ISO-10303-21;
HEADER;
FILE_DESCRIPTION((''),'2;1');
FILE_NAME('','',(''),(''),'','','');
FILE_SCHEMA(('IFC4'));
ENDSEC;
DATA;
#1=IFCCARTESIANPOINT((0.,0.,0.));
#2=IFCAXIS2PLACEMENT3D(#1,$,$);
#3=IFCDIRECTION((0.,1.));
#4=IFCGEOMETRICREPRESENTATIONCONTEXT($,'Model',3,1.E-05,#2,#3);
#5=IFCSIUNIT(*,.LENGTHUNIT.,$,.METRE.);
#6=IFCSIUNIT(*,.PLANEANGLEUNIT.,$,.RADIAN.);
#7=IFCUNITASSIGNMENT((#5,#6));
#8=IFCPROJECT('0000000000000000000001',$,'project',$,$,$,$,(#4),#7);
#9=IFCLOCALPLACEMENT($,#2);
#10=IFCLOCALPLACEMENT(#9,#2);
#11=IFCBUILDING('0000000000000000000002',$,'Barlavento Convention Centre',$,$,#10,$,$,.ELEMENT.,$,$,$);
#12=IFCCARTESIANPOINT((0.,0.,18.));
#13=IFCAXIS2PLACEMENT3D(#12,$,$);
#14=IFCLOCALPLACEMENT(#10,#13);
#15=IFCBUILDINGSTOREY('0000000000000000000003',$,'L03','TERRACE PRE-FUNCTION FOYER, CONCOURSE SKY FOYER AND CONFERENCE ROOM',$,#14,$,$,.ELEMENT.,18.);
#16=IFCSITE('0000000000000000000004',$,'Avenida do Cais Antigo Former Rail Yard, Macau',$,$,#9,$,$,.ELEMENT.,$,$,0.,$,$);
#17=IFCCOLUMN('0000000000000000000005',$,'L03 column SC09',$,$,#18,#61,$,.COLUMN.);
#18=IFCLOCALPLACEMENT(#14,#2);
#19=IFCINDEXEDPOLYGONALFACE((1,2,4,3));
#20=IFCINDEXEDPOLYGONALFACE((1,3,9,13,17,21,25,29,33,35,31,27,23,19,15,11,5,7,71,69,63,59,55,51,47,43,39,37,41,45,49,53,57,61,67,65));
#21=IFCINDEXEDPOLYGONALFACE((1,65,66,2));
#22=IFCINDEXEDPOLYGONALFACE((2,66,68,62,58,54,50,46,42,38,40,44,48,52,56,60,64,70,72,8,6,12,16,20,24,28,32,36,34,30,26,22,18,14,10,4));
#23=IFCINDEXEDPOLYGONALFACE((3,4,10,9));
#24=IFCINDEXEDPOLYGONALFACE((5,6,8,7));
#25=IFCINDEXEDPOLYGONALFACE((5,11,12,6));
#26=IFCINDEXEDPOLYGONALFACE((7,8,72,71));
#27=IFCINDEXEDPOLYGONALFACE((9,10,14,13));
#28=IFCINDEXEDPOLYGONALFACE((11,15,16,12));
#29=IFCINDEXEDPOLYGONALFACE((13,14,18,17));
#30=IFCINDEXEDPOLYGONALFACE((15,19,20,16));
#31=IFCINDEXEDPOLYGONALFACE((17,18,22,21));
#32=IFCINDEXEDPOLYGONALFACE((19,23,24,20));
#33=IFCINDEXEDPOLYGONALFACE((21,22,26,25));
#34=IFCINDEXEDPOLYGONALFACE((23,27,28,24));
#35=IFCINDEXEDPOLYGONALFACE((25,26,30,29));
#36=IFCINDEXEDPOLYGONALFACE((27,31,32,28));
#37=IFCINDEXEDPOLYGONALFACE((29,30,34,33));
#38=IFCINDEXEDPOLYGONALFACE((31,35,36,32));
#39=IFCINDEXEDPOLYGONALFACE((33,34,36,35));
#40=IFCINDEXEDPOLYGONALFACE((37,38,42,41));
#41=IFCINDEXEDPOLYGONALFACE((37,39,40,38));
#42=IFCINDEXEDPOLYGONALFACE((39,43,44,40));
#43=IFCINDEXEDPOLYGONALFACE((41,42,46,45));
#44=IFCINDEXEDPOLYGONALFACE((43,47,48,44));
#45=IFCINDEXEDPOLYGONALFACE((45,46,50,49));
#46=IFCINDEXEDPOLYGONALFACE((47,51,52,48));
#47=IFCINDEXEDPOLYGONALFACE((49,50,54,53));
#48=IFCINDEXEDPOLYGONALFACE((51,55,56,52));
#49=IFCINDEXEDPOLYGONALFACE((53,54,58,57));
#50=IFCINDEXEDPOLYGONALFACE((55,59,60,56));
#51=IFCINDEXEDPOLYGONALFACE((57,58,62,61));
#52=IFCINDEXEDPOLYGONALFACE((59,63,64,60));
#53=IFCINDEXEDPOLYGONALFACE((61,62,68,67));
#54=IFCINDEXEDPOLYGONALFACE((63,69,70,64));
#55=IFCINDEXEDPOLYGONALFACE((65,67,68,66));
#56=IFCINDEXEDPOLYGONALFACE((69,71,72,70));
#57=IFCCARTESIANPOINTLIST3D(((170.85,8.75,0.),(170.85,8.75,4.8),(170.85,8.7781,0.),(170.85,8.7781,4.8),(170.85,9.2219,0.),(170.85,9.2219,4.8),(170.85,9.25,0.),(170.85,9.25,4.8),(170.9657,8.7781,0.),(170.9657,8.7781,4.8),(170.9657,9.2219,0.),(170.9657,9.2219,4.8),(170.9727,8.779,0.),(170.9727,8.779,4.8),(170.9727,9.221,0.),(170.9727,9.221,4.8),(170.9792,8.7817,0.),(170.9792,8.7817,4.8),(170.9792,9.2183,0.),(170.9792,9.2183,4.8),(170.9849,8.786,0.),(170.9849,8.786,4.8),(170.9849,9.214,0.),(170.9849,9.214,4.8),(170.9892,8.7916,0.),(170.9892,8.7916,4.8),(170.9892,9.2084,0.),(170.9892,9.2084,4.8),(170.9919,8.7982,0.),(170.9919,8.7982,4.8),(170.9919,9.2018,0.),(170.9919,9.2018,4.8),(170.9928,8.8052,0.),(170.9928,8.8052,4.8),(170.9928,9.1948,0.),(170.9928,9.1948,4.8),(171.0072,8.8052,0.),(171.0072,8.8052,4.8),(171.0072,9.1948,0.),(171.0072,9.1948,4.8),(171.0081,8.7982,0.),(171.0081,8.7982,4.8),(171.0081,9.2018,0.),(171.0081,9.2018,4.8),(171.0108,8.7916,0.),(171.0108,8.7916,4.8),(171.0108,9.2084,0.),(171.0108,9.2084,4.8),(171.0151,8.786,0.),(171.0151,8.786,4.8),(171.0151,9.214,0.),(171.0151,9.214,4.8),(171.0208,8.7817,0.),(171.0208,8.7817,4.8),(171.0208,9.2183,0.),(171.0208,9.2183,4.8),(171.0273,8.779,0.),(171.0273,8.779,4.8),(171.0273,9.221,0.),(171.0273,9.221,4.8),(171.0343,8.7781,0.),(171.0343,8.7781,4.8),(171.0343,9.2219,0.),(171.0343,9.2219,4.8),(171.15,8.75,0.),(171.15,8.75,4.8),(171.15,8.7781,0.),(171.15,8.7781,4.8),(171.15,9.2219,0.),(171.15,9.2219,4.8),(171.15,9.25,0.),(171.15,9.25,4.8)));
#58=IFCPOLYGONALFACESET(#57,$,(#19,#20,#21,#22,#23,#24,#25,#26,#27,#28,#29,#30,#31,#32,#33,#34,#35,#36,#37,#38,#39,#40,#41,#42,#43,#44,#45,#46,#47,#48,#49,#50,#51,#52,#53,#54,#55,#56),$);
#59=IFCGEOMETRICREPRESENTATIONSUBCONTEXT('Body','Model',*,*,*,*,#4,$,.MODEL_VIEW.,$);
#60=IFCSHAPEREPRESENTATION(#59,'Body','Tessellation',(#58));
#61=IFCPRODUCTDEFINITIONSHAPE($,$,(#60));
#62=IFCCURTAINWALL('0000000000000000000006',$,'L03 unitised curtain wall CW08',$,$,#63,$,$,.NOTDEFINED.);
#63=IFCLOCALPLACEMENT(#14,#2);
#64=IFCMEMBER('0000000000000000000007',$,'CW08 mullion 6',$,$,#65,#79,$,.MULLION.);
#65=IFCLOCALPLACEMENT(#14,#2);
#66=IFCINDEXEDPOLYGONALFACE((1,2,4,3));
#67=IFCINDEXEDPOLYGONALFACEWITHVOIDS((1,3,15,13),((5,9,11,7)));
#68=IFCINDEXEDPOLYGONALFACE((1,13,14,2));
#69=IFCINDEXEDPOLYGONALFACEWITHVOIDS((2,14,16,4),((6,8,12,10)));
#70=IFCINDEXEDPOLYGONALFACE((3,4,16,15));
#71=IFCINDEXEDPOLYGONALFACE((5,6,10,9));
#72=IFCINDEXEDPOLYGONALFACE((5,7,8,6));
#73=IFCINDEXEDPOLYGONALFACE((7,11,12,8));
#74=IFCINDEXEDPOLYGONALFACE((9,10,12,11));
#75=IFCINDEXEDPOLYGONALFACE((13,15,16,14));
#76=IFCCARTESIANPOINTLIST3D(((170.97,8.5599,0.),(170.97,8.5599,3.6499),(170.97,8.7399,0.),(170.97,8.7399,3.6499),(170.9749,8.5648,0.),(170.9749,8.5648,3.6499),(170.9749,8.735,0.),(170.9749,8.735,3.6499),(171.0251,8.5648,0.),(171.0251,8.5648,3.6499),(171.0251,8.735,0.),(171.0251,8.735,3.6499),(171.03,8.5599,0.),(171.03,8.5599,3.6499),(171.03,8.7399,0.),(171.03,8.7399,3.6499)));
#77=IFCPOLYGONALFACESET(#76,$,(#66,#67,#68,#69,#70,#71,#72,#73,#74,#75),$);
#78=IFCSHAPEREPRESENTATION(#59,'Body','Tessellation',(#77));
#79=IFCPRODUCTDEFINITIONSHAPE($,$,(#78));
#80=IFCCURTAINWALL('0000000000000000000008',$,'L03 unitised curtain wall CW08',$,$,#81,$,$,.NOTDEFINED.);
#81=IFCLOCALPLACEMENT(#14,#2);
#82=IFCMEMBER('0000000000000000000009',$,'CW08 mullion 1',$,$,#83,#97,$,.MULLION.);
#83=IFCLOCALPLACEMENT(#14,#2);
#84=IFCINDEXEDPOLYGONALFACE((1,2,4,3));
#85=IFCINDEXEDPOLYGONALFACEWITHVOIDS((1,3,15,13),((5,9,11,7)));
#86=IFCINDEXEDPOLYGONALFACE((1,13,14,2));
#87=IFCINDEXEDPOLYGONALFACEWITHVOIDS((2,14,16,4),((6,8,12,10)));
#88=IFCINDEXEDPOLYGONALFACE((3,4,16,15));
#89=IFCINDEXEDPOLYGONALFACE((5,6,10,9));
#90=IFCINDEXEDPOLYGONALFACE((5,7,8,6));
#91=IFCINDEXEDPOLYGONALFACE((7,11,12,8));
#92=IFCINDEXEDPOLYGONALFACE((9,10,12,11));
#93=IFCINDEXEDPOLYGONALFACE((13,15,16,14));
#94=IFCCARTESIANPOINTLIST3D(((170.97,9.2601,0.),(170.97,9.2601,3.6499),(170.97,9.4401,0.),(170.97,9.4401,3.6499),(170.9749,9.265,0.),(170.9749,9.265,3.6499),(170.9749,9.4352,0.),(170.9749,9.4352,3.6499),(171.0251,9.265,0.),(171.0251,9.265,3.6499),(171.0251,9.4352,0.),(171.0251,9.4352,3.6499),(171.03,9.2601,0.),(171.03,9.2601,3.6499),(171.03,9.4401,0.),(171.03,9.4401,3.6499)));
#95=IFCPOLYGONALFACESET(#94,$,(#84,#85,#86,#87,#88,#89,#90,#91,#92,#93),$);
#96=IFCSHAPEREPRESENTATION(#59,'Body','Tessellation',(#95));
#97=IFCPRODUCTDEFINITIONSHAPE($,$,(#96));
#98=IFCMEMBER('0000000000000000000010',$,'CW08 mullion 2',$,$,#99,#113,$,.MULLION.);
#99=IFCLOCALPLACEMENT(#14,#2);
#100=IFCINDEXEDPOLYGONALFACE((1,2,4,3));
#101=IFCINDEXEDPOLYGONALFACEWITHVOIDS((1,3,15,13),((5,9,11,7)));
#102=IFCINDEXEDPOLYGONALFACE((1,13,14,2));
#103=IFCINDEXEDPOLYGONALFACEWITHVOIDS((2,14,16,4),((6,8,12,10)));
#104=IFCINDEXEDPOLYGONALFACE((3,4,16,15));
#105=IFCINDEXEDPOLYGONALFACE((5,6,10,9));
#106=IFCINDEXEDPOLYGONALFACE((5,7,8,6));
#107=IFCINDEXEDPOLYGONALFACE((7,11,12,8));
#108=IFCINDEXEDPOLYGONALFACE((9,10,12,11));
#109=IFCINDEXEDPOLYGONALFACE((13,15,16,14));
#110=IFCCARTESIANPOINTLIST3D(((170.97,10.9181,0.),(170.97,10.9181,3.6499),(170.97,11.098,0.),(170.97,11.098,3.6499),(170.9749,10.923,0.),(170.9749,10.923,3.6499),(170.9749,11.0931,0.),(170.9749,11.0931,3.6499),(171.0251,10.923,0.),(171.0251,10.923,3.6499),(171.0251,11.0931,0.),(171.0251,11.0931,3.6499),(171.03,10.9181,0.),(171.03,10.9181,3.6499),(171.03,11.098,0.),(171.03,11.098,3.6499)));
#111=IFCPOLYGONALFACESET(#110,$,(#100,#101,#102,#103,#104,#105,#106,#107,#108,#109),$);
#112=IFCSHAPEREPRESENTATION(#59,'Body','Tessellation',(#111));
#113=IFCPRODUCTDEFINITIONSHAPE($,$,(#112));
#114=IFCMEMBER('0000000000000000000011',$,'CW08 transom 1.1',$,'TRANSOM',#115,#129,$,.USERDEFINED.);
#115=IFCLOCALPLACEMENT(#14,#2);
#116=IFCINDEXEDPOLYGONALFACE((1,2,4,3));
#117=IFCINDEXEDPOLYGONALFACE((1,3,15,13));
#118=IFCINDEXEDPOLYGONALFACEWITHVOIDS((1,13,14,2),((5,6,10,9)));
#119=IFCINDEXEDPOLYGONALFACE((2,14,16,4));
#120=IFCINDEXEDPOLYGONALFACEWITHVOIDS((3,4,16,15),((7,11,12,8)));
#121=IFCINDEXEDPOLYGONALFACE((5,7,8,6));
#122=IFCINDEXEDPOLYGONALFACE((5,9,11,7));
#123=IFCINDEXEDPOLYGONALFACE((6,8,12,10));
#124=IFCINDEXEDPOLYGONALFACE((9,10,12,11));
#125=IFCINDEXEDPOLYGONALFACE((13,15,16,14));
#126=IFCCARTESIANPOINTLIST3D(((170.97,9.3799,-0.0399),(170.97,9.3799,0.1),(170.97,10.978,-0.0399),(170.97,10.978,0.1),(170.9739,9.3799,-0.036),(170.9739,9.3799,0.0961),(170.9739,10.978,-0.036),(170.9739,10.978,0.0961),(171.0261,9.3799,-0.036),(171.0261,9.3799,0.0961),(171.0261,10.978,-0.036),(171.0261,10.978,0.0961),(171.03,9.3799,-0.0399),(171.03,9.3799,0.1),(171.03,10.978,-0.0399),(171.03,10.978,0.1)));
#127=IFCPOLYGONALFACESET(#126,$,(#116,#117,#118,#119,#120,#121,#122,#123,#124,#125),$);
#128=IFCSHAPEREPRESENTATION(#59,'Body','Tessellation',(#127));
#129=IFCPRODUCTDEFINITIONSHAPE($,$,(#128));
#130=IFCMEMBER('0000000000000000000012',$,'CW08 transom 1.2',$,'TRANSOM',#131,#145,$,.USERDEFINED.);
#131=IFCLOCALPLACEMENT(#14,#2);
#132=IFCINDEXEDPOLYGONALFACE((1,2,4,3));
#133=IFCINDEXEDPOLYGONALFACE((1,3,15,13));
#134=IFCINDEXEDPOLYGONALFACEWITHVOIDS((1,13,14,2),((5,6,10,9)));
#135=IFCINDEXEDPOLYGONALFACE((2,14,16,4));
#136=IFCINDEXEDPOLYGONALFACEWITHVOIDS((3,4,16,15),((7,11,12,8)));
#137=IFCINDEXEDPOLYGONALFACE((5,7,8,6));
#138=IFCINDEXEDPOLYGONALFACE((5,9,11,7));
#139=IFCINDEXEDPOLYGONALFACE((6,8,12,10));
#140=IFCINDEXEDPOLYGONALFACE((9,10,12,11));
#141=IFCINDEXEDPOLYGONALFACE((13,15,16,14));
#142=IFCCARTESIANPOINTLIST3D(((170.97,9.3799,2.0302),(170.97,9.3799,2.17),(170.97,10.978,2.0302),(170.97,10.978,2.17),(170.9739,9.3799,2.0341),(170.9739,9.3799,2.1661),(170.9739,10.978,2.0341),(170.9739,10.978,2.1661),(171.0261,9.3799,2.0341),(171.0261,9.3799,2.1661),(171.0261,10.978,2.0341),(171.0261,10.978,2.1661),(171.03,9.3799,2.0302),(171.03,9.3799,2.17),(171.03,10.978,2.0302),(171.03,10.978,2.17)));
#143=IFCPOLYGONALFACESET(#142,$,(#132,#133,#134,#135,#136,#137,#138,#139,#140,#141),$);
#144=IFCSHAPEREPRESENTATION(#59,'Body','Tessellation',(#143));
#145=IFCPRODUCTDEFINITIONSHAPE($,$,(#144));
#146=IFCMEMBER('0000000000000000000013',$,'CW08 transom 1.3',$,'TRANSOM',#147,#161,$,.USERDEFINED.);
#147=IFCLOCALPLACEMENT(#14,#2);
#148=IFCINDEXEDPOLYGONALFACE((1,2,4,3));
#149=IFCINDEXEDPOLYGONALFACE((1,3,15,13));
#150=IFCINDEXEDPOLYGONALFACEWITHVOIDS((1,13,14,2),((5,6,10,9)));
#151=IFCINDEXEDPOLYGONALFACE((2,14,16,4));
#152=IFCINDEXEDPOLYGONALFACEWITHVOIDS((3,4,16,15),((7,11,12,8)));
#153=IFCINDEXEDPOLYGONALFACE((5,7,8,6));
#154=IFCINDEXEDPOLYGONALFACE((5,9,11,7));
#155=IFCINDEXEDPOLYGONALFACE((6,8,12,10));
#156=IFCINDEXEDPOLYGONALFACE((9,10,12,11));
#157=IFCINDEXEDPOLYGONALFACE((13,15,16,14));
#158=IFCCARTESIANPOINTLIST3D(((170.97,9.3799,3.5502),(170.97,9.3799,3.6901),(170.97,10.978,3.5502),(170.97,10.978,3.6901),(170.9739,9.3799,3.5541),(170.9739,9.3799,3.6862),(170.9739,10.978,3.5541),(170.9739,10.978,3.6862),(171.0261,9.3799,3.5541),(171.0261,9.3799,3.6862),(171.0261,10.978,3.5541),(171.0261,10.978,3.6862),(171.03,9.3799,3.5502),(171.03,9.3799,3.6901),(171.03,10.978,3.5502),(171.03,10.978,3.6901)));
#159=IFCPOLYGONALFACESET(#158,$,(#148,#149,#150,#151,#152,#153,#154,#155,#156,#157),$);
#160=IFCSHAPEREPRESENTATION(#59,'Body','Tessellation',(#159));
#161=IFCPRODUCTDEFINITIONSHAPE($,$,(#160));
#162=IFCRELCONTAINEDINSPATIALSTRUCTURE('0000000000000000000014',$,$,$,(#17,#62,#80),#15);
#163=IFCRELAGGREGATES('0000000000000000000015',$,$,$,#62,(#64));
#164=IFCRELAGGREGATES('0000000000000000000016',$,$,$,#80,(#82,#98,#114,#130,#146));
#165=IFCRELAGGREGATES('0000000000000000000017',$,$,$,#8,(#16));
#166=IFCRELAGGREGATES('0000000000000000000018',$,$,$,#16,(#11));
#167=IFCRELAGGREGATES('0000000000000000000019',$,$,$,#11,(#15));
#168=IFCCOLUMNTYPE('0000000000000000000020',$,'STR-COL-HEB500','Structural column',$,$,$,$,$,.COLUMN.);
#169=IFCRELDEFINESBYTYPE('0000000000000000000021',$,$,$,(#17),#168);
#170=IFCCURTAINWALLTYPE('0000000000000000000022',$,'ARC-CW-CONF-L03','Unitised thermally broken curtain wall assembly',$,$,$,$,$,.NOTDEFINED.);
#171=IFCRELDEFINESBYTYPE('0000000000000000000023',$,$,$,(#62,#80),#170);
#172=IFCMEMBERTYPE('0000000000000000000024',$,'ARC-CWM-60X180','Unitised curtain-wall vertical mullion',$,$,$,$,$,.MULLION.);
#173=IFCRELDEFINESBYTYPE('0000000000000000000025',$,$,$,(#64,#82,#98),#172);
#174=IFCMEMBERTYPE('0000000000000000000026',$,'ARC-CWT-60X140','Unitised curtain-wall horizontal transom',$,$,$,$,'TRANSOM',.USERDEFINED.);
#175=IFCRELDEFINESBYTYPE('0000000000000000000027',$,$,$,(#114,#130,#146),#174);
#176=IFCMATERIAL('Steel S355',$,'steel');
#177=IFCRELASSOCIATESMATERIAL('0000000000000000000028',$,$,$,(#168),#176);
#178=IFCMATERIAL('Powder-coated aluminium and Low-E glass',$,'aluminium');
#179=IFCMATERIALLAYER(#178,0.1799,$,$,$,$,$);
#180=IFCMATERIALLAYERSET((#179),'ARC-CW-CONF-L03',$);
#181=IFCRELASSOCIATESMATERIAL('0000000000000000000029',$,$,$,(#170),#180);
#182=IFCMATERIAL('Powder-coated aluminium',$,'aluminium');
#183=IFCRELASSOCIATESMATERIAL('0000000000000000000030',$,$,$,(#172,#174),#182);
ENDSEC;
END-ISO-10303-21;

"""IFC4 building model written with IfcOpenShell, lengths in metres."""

from ifc_helpers import new_model, si_unit, direction, frame, origin, origin_2d, place, context, subcontext, project, spatial, hollow_rectangle, i_section, extrude, material, layer, layer_set, material_profile, profile_set, type_object, element, aggregate, save


model = new_model("IFC4")

# Units and contexts
model_context = context("Model", 3, precision=1e-05, world=origin(), true_north=direction((0.0, 1.0)))
body_context = subcontext(model_context, "Body", "Model", "MODEL_VIEW")
ifc_project = project(units=[si_unit("LENGTHUNIT", "METRE"), si_unit("PLANEANGLEUNIT", "RADIAN")], contexts=[model_context])

# Site, building, storey
site_placement = place(None, origin())
site = spatial("IfcSite", under=ifc_project, at=site_placement, Name="Avenida do Cais Antigo Former Rail Yard, Macau", CompositionType="ELEMENT", RefElevation=0.0)
building_placement = place(site_placement, origin())
building = spatial("IfcBuilding", under=site, at=building_placement, Name="Barlavento Convention Centre", CompositionType="ELEMENT")
storey_placement = place(building_placement, frame((0.0, 0.0, 18.0)))
storey = spatial("IfcBuildingStorey", under=building, at=storey_placement, Name="L03", Description="TERRACE PRE-FUNCTION FOYER, CONCOURSE SKY FOYER AND CONFERENCE ROOM", CompositionType="ELEMENT", Elevation=18.0)

# Column
ifc_material_1 = material(Name="Steel S355", Category="steel")
ifc_material_profile_1 = material_profile(ifc_material_1, i_section(OverallWidth=0.3, OverallDepth=0.5, WebThickness=0.0144, FlangeThickness=0.0281, FilletRadius=0.0271, at=origin_2d()), Name="HEB 500")
ifc_profile_set_1 = profile_set([ifc_material_profile_1], Name="Steel S355")
column_type = type_object("IfcColumnType", Name="STR-COL-HEB500", Description="Structural column", PredefinedType="COLUMN", material=ifc_profile_set_1)
column_placement = place(storey_placement, frame((171.0, 9.0, 0.0), z_axis=(0.0, 0.0, 1.0), x_axis=(1.0, 0.0, 0.0)))
element("IfcColumn", 1, at=column_placement, inside=storey, type_object=column_type, Name="L03 column SC09", PredefinedType="COLUMN", context=body_context, shape_type="SweptSolid", body=[
    extrude(i_section(OverallWidth=0.3, OverallDepth=0.5, WebThickness=0.0144, FlangeThickness=0.0281, FilletRadius=0.0271, at=origin_2d()), origin(), (0.0, 0.0, 1.0), 4.8),
])

# Curtain wall, member
ifc_material_2 = material(Name="Powder-coated aluminium and Low-E glass", Category="aluminium")
ifc_layer_1 = layer(ifc_material_2, 0.1799)
ifc_layer_set_1 = layer_set([ifc_layer_1], Name="ARC-CW-CONF-L03")
curtain_wall_type = type_object("IfcCurtainWallType", Name="ARC-CW-CONF-L03", Description="Unitised thermally broken curtain wall assembly", PredefinedType="NOTDEFINED", material=ifc_layer_set_1)
curtain_wall_1_placement = place(storey_placement, origin())
curtain_wall_1 = element("IfcCurtainWall", 2, at=curtain_wall_1_placement, inside=storey, type_object=curtain_wall_type, Name="L03 unitised curtain wall CW08", PredefinedType="NOTDEFINED")
ifc_material_3 = material(Name="Powder-coated aluminium", Category="aluminium")
ifc_material_profile_2 = material_profile(ifc_material_3, hollow_rectangle(XDim=0.0601, YDim=0.1799, WallThickness=0.0049, at=origin_2d()), Name="AL-MULL 60x180x5")
ifc_profile_set_2 = profile_set([ifc_material_profile_2], Name="Powder-coated aluminium")
member_type_1 = type_object("IfcMemberType", Name="ARC-CWM-60X180", Description="Unitised curtain-wall vertical mullion", PredefinedType="MULLION", material=ifc_profile_set_2)
member_1_placement = place(storey_placement, frame((171.0, 8.6499, 0.0), z_axis=(0.0, 0.0, 1.0), x_axis=(-1.0, 0.0, 0.0)))
member_1 = element("IfcMember", 3, at=member_1_placement, type_object=member_type_1, Name="CW08 mullion 6", PredefinedType="MULLION", context=body_context, shape_type="SweptSolid", body=[
    extrude(hollow_rectangle(XDim=0.0601, YDim=0.1799, WallThickness=0.0049, at=origin_2d()), origin(), (0.0, 0.0, 1.0), 3.6499),
])

# Curtain wall, members
curtain_wall_2_placement = place(storey_placement, origin())
curtain_wall_2 = element("IfcCurtainWall", 4, at=curtain_wall_2_placement, inside=storey, type_object=curtain_wall_type, Name="L03 unitised curtain wall CW08", PredefinedType="NOTDEFINED")
member_2_placement = place(storey_placement, frame((171.0, 9.3501, 0.0), z_axis=(0.0, 0.0, 1.0), x_axis=(-1.0, 0.0, 0.0)))
member_2 = element("IfcMember", 5, at=member_2_placement, type_object=member_type_1, Name="CW08 mullion 1", PredefinedType="MULLION", context=body_context, shape_type="SweptSolid", body=[
    extrude(hollow_rectangle(XDim=0.0601, YDim=0.1799, WallThickness=0.0049, at=origin_2d()), origin(), (0.0, 0.0, 1.0), 3.6499),
])
member_3_placement = place(storey_placement, frame((171.0, 11.0081, 0.0), z_axis=(0.0, 0.0, 1.0), x_axis=(-1.0, 0.0, 0.0)))
member_3 = element("IfcMember", 6, at=member_3_placement, type_object=member_type_1, Name="CW08 mullion 2", PredefinedType="MULLION", context=body_context, shape_type="SweptSolid", body=[
    extrude(hollow_rectangle(XDim=0.0601, YDim=0.1799, WallThickness=0.0049, at=origin_2d()), origin(), (0.0, 0.0, 1.0), 3.6499),
])
ifc_material_profile_3 = material_profile(ifc_material_3, hollow_rectangle(XDim=0.0601, YDim=0.1399, WallThickness=0.0039, at=origin_2d()), Name="AL-TRAN 60x140x4")
ifc_profile_set_3 = profile_set([ifc_material_profile_3], Name="Powder-coated aluminium")
member_type_2 = type_object("IfcMemberType", Name="ARC-CWT-60X140", Description="Unitised curtain-wall horizontal transom", ElementType="TRANSOM", PredefinedType="USERDEFINED", material=ifc_profile_set_3)
member_4_placement = place(storey_placement, frame((171.0, 9.3799, 0.03), z_axis=(0.0, 1.0, 0.0), x_axis=(-1.0, 0.0, 0.0)))
member_4 = element("IfcMember", 7, at=member_4_placement, type_object=member_type_2, Name="CW08 transom 1.1", ObjectType="TRANSOM", PredefinedType="USERDEFINED", context=body_context, shape_type="SweptSolid", body=[
    extrude(hollow_rectangle(XDim=0.0601, YDim=0.1399, WallThickness=0.0039, at=origin_2d()), origin(), (0.0, 0.0, 1.0), 1.5981),
])
member_5_placement = place(storey_placement, frame((171.0, 9.3799, 2.1001), z_axis=(0.0, 1.0, 0.0), x_axis=(-1.0, 0.0, 0.0)))
member_5 = element("IfcMember", 8, at=member_5_placement, type_object=member_type_2, Name="CW08 transom 1.2", ObjectType="TRANSOM", PredefinedType="USERDEFINED", context=body_context, shape_type="SweptSolid", body=[
    extrude(hollow_rectangle(XDim=0.0601, YDim=0.1399, WallThickness=0.0039, at=origin_2d()), origin(), (0.0, 0.0, 1.0), 1.5981),
])
member_6_placement = place(storey_placement, frame((171.0, 9.3799, 3.6201), z_axis=(0.0, 1.0, 0.0), x_axis=(-1.0, 0.0, 0.0)))
member_6 = element("IfcMember", 9, at=member_6_placement, type_object=member_type_2, Name="CW08 transom 1.3", ObjectType="TRANSOM", PredefinedType="USERDEFINED", context=body_context, shape_type="SweptSolid", body=[
    extrude(hollow_rectangle(XDim=0.0601, YDim=0.1399, WallThickness=0.0039, at=origin_2d()), origin(), (0.0, 0.0, 1.0), 1.5981),
])

aggregate(curtain_wall_1, [member_1])
aggregate(curtain_wall_2, [member_2, member_3, member_4, member_5, member_6])

save(model, "model.ifc")
